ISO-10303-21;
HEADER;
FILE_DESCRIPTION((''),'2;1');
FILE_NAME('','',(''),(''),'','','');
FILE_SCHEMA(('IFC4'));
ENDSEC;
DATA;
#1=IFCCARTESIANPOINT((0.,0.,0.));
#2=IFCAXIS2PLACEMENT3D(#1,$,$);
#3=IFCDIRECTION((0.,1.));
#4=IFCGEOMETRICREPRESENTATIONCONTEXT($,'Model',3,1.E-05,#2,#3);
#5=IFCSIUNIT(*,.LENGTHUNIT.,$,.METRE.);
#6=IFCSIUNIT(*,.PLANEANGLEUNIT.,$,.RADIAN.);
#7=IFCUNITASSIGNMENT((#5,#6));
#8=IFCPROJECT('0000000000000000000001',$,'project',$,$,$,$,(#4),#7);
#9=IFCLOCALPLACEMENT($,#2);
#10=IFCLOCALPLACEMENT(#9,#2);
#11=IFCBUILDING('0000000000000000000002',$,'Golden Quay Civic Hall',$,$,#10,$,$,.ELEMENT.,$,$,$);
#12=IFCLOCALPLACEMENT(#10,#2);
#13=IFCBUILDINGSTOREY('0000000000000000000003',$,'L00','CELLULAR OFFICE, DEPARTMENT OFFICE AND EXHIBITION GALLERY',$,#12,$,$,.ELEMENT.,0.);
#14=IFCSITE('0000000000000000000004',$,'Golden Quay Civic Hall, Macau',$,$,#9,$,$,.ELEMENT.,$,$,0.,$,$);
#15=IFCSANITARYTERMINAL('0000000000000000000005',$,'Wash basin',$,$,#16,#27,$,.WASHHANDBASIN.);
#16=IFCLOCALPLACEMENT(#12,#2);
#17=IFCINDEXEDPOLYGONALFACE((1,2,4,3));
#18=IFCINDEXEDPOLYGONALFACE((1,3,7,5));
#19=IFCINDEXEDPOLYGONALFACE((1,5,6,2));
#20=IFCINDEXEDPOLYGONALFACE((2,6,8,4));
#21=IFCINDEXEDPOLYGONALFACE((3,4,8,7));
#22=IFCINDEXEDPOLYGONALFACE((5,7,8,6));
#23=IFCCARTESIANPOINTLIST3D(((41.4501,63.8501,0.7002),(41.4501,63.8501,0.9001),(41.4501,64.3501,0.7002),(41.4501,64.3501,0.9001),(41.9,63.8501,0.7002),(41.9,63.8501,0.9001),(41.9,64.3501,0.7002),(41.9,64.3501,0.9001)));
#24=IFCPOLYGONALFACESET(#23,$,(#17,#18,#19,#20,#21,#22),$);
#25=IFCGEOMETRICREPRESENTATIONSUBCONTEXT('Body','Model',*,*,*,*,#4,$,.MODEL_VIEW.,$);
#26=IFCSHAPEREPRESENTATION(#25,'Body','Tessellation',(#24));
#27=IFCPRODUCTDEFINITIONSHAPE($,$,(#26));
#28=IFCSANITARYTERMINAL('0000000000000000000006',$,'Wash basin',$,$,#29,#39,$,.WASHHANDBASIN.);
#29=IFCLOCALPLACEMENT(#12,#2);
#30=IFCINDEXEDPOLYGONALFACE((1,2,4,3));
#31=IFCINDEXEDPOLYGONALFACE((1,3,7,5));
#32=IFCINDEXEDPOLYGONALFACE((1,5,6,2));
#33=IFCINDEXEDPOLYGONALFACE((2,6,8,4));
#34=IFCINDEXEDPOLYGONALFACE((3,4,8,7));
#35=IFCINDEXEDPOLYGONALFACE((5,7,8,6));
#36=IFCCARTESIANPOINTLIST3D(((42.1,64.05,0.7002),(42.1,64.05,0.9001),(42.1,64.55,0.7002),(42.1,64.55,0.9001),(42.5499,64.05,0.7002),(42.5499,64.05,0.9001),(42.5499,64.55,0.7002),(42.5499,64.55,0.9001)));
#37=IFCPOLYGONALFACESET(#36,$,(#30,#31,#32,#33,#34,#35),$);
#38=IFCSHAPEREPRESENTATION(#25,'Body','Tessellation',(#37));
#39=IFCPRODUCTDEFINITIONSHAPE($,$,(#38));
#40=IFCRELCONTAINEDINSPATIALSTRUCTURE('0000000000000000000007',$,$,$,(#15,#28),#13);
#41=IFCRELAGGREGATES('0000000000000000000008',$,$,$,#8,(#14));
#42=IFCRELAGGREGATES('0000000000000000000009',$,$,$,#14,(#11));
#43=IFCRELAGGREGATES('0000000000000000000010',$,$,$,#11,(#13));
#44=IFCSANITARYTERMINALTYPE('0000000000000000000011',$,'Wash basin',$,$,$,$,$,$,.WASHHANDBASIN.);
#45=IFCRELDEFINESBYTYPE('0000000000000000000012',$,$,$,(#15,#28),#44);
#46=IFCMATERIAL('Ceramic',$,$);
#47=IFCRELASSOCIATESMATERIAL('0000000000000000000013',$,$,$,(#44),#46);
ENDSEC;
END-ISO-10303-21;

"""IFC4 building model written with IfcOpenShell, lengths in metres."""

from ifc_helpers import new_model, si_unit, direction, frame, origin, origin_2d, place, context, subcontext, project, spatial, rectangle, extrude, material, type_object, element, save


model = new_model("IFC4")

# Units and contexts
model_context = context("Model", 3, precision=1e-05, world=origin(), true_north=direction((0.0, 1.0)))
body_context = subcontext(model_context, "Body", "Model", "MODEL_VIEW")
ifc_project = project(units=[si_unit("LENGTHUNIT", "METRE"), si_unit("PLANEANGLEUNIT", "RADIAN")], contexts=[model_context])

# Site, building, storey
site_placement = place(None, origin())
site = spatial("IfcSite", under=ifc_project, at=site_placement, Name="Golden Quay Civic Hall, Macau", CompositionType="ELEMENT", RefElevation=0.0)
building_placement = place(site_placement, origin())
building = spatial("IfcBuilding", under=site, at=building_placement, Name="Golden Quay Civic Hall", CompositionType="ELEMENT")
storey_placement = place(building_placement, origin())
storey = spatial("IfcBuildingStorey", under=building, at=storey_placement, Name="L00", Description="CELLULAR OFFICE, DEPARTMENT OFFICE AND EXHIBITION GALLERY", CompositionType="ELEMENT", Elevation=0.0)

# Sanitary terminals
ifc_material_1 = material(Name="Ceramic")
sanitary_terminal_type_1 = type_object("IfcSanitaryTerminalType", Name="Wash basin", PredefinedType="WASHHANDBASIN", material=ifc_material_1)
for number, where, z_axis, x_axis, name in (
    (1, (41.675, 64.1001, 0.7002), (0.0, 0.0, 1.0), (0.0, 1.0, 0.0), "Wash basin"),
    (2, (42.325, 64.3, 0.7002), (0.0, 0.0, 1.0), (0.0, 1.0, 0.0), "Wash basin"),
):
    element("IfcSanitaryTerminal", number, at=place(storey_placement, frame(where, z_axis=z_axis, x_axis=x_axis)), inside=storey, type_object=sanitary_terminal_type_1, Name=name, PredefinedType="WASHHANDBASIN", context=body_context, shape_type="SweptSolid", body=[
        extrude(rectangle(XDim=0.5, YDim=0.45, at=origin_2d()), origin(), (0.0, 0.0, 1.0), 0.2),
    ])

save(model, "model.ifc")
